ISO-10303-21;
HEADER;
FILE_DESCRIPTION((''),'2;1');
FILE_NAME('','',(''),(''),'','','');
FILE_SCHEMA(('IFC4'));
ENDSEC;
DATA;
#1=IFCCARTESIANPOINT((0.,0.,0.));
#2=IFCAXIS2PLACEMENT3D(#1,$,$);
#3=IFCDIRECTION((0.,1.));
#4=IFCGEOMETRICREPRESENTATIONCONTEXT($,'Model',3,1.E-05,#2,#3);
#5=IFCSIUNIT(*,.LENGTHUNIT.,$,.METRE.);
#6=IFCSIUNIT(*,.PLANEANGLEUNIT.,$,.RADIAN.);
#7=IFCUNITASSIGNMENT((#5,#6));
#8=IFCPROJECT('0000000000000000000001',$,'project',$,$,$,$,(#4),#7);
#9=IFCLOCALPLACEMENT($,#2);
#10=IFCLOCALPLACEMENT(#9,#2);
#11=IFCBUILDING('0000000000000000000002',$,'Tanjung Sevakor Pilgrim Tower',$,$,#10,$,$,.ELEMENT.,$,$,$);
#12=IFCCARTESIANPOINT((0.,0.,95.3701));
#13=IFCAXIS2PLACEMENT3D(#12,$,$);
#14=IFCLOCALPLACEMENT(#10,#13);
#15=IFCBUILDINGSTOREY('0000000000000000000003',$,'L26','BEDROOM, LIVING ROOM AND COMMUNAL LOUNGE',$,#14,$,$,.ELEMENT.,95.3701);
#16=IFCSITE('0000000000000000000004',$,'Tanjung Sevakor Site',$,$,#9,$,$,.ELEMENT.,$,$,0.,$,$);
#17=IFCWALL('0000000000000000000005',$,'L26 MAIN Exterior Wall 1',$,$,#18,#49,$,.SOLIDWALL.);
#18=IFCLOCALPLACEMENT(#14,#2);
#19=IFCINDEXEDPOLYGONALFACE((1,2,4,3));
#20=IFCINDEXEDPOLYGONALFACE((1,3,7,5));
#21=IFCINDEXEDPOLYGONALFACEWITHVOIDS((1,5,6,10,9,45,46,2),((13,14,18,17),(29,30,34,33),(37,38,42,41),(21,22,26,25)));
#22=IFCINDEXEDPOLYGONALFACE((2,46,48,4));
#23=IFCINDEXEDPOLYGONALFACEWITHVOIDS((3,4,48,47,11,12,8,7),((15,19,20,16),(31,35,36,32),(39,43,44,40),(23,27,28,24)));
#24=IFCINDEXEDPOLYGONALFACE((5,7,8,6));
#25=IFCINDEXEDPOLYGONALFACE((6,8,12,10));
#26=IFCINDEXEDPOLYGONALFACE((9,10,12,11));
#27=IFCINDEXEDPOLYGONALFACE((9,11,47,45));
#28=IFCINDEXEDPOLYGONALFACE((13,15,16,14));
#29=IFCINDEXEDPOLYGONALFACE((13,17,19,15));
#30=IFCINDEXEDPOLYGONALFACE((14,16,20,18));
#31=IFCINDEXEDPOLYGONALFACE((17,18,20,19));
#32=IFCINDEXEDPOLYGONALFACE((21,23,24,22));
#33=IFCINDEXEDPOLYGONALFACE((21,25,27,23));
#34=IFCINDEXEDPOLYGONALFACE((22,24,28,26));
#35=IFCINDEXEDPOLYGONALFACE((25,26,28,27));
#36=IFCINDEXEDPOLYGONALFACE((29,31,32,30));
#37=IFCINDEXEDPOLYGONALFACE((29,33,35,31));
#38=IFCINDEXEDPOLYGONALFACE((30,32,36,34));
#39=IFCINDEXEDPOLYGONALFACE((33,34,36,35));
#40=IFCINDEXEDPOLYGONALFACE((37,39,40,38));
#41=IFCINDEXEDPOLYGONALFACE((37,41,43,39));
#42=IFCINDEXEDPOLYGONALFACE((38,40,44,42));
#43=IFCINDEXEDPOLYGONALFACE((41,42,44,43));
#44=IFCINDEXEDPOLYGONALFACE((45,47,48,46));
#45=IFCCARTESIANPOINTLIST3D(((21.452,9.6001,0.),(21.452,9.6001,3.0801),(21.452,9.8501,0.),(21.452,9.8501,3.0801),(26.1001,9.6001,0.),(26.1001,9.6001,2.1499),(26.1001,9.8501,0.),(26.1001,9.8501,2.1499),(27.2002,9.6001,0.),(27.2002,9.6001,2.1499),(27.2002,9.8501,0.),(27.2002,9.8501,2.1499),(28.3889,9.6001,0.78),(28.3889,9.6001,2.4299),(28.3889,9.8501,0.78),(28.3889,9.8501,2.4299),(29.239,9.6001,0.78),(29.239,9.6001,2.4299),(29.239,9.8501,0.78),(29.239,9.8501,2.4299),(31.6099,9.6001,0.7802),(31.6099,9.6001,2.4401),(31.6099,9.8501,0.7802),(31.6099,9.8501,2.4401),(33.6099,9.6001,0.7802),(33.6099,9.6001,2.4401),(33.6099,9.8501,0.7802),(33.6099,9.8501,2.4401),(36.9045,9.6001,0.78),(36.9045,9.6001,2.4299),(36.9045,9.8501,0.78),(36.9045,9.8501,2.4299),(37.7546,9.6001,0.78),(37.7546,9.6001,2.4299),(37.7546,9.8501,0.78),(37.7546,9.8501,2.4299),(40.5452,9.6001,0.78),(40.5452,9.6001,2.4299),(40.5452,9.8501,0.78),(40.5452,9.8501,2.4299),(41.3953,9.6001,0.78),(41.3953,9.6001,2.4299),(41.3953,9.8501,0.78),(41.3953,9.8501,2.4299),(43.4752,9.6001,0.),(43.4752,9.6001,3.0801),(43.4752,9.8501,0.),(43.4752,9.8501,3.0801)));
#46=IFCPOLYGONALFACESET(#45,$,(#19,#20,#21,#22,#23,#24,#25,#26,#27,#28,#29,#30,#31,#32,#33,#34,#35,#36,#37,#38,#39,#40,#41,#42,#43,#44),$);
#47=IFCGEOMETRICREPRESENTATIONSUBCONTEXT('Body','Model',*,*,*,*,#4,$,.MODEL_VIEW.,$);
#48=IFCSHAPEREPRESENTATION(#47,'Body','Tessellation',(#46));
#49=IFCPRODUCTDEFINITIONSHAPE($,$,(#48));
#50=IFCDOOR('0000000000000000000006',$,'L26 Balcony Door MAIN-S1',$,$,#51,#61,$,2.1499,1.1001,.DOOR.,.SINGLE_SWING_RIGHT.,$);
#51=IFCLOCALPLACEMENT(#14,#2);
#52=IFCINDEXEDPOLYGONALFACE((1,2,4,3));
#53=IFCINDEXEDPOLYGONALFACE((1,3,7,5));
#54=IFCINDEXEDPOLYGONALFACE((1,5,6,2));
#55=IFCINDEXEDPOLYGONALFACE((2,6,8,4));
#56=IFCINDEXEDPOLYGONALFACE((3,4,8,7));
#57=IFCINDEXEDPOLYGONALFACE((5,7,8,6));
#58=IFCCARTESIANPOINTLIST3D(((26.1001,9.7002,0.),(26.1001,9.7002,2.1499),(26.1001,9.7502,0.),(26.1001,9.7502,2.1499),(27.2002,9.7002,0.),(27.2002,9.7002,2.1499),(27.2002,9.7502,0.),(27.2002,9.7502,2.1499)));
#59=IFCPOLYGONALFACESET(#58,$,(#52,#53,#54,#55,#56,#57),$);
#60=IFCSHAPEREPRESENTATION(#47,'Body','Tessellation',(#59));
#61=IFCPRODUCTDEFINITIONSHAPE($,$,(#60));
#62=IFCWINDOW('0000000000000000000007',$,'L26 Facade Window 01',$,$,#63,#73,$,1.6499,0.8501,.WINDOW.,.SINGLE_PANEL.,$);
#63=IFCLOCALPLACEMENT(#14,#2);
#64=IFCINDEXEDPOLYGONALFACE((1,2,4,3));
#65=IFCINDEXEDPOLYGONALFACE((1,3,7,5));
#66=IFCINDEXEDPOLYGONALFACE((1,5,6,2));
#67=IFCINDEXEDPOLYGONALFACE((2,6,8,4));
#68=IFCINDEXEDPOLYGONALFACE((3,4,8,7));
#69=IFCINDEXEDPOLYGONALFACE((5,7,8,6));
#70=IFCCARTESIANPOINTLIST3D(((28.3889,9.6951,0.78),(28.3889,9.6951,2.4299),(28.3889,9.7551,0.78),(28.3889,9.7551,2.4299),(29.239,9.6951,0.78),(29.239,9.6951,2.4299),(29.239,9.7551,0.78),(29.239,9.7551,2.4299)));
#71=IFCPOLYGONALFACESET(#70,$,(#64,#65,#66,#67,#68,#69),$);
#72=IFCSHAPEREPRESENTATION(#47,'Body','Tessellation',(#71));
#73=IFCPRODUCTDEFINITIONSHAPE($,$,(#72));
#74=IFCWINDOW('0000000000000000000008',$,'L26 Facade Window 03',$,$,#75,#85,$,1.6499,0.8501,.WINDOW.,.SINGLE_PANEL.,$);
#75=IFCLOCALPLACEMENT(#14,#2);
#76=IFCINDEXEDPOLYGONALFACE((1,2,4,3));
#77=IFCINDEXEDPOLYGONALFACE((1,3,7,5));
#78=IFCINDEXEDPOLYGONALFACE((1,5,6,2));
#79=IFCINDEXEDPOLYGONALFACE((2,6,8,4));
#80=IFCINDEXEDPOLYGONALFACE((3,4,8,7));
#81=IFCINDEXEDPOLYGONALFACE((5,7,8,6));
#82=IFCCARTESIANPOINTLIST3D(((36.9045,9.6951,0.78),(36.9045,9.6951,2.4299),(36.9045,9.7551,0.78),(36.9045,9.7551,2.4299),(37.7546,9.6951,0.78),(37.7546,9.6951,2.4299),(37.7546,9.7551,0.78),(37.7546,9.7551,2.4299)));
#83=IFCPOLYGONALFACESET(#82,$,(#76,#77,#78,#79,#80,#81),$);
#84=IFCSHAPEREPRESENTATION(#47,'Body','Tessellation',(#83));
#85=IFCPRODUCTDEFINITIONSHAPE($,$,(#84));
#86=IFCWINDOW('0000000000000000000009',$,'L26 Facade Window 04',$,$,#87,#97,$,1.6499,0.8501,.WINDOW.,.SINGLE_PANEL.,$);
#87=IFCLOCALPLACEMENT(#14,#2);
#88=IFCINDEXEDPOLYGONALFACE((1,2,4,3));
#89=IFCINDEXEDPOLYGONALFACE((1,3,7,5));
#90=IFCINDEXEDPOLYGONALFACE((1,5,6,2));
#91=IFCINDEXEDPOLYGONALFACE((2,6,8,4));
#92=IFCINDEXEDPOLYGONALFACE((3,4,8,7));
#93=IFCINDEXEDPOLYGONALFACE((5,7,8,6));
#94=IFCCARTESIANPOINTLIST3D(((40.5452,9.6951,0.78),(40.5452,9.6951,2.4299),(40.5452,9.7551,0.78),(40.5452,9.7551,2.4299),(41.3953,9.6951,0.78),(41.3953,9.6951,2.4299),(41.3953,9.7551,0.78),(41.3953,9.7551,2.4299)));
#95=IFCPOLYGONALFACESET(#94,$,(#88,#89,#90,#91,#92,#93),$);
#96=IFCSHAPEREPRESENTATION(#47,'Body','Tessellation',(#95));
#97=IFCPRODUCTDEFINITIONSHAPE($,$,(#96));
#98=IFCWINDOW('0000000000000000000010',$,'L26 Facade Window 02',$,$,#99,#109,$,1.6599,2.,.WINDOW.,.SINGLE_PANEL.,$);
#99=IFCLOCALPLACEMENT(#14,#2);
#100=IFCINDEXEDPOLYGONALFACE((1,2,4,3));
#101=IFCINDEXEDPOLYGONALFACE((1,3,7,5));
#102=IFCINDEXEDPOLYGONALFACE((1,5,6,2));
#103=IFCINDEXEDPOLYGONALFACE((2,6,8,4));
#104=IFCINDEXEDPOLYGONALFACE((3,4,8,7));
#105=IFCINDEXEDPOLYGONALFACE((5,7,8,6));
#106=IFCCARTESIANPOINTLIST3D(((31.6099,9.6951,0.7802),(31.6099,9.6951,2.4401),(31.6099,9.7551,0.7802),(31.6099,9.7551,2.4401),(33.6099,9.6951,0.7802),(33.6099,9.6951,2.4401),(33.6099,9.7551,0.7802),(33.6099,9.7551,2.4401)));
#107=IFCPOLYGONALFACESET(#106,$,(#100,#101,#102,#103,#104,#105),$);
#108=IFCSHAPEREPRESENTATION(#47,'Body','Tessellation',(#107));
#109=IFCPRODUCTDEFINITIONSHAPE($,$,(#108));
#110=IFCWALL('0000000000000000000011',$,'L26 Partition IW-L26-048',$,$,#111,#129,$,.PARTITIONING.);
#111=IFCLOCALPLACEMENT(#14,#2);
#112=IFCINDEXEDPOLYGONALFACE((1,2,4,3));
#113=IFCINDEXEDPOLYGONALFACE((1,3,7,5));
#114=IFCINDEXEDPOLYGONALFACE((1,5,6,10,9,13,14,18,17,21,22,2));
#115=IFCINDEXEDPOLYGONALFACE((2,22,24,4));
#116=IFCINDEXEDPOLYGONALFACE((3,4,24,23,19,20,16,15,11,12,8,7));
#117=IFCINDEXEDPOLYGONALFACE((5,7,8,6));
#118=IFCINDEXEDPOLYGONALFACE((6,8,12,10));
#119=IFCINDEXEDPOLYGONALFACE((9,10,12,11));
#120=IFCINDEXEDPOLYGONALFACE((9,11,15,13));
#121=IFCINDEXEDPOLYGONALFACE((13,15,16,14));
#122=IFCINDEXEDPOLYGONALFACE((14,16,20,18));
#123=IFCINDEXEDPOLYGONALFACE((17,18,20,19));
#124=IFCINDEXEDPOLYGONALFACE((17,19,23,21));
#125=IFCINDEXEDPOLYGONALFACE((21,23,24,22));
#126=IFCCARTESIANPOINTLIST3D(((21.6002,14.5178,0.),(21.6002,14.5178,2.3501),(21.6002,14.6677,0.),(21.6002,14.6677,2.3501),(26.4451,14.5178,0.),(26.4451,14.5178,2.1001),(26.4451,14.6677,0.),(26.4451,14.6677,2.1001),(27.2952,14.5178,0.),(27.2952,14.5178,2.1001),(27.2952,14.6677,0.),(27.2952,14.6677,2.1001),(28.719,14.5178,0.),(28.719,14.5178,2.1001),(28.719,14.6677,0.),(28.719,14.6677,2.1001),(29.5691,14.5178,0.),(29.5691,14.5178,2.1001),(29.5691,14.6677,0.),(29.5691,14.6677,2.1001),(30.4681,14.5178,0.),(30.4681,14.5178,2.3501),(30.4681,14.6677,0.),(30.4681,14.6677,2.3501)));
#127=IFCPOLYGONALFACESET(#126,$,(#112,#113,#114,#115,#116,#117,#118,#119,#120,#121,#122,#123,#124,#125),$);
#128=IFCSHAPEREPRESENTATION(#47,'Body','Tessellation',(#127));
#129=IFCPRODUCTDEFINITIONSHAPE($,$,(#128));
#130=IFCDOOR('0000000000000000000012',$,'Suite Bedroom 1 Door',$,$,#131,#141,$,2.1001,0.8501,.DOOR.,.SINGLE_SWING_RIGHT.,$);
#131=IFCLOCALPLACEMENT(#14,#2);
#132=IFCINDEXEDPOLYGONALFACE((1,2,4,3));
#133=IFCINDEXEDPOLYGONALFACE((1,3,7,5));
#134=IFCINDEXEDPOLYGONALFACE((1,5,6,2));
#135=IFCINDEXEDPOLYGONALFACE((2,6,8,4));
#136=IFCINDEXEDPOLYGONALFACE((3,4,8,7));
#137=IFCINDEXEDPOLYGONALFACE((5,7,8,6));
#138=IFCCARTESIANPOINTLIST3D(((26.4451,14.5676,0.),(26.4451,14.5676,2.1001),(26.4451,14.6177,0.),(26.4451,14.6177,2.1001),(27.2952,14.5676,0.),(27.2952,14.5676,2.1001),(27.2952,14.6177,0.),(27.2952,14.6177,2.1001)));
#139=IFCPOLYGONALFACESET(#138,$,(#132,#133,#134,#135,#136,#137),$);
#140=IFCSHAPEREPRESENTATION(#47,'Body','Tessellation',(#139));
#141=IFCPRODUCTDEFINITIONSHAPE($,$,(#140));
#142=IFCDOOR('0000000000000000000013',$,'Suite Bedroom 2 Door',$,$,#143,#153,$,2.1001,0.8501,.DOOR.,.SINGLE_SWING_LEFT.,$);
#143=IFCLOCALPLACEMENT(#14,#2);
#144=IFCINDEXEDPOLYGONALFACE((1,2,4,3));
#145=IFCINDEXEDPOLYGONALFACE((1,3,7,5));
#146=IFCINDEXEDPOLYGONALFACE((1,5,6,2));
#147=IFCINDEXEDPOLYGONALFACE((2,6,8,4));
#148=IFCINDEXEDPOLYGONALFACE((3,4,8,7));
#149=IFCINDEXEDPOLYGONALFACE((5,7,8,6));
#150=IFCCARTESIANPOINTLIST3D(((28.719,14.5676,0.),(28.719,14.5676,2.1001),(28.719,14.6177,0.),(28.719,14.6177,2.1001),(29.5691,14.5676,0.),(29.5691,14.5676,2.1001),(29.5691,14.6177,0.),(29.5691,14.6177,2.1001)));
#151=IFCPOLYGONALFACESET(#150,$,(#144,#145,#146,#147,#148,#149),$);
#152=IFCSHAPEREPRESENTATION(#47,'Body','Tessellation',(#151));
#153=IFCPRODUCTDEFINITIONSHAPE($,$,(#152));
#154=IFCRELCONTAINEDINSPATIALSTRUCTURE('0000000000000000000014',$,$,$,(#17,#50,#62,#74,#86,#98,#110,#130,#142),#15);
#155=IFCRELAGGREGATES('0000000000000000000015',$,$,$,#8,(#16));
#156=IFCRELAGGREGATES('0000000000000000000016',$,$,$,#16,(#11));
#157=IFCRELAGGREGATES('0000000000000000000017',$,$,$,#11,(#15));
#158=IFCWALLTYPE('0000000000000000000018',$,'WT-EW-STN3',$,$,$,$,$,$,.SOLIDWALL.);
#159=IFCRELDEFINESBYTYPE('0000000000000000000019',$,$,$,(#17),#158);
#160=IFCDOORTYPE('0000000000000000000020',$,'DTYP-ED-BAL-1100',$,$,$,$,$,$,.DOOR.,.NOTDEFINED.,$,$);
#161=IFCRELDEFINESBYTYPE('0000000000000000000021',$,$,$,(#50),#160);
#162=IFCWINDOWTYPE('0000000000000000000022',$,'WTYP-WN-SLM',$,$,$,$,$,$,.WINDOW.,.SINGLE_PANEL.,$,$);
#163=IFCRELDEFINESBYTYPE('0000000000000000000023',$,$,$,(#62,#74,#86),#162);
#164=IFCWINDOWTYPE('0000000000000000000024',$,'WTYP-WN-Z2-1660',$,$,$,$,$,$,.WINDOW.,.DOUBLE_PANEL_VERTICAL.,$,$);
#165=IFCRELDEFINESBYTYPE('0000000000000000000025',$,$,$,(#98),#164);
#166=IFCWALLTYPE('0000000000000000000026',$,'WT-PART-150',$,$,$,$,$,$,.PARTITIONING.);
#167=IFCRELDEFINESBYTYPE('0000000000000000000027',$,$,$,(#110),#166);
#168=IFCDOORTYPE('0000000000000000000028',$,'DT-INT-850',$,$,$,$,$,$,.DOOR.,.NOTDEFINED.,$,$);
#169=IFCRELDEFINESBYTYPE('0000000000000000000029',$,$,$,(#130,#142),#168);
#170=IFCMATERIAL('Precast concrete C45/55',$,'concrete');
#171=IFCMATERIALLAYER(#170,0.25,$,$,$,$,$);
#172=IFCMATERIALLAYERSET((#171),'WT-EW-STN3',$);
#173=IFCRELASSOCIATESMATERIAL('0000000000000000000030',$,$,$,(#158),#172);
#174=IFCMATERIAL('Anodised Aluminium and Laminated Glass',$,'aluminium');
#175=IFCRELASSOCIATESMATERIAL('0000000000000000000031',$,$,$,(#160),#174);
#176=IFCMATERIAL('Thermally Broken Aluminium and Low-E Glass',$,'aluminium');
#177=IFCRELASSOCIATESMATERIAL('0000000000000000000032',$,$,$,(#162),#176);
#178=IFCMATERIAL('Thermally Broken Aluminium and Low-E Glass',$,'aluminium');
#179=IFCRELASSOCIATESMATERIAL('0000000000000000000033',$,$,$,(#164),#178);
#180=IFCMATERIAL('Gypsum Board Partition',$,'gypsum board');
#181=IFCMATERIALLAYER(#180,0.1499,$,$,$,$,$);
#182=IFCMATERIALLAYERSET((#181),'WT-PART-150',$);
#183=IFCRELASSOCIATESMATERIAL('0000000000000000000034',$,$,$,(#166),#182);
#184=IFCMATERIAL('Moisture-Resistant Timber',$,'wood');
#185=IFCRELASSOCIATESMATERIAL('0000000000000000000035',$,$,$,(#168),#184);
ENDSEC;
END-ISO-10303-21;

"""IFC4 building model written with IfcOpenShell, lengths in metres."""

from ifc_helpers import new_model, si_unit, direction, frame, frame_2d, origin, place, context, subcontext, project, spatial, rectangle, extrude, material, layer, layer_set, type_object, element, fill, save


model = new_model("IFC4")

# Units and contexts
model_context = context("Model", 3, precision=1e-05, world=origin(), true_north=direction((0.0, 1.0)))
body_context = subcontext(model_context, "Body", "Model", "MODEL_VIEW")
ifc_project = project(units=[si_unit("LENGTHUNIT", "METRE"), si_unit("PLANEANGLEUNIT", "RADIAN")], contexts=[model_context])

# Site, building, storey
site_placement = place(None, origin())
site = spatial("IfcSite", under=ifc_project, at=site_placement, Name="Tanjung Sevakor Site", CompositionType="ELEMENT", RefElevation=0.0)
building_placement = place(site_placement, origin())
building = spatial("IfcBuilding", under=site, at=building_placement, Name="Tanjung Sevakor Pilgrim Tower", CompositionType="ELEMENT")
storey_placement = place(building_placement, frame((0.0, 0.0, 95.3701)))
storey = spatial("IfcBuildingStorey", under=building, at=storey_placement, Name="L26", Description="BEDROOM, LIVING ROOM AND COMMUNAL LOUNGE", CompositionType="ELEMENT", Elevation=95.3701)

# Wall, openings, door, windows
ifc_material_1 = material(Name="Precast concrete C45/55", Category="concrete")
ifc_layer_1 = layer(ifc_material_1, 0.25)
ifc_layer_set_1 = layer_set([ifc_layer_1], Name="WT-EW-STN3")
wall_type_1 = type_object("IfcWallType", Name="WT-EW-STN3", PredefinedType="SOLIDWALL", material=ifc_layer_set_1)
wall_1_placement = place(storey_placement, frame((21.4519, 9.7251, 0.0), z_axis=(0.0, 0.0, 1.0), x_axis=(1.0, 0.0, 0.0)))
wall_1 = element("IfcWall", 1, at=wall_1_placement, inside=storey, type_object=wall_type_1, Name="L26 MAIN Exterior Wall 1", PredefinedType="SOLIDWALL", context=body_context, shape_type="SweptSolid", body=[
    extrude(rectangle(XDim=22.0232, YDim=0.25, at=frame_2d((11.0117, 0.0))), origin(), (0.0, 0.0, 1.0), 3.0801),
])
opening_1_placement = place(wall_1_placement, frame((4.6482, 0.0, 0.0)))
opening_1 = element("IfcOpeningElement", 2, at=opening_1_placement, cuts=wall_1, PredefinedType="OPENING", context=body_context, shape_type="SweptSolid", body=[
    extrude(rectangle(XDim=1.1001, YDim=2.1499, at=frame_2d((0.55, 1.075))), frame((0.0, 0.135, 0.0), z_axis=(0.0, -1.0, 0.0), x_axis=(1.0, 0.0, 0.0)), (0.0, 0.0, 1.0), 0.27),
])
opening_2_placement = place(wall_1_placement, frame((6.937, 0.0, 0.78)))
opening_2 = element("IfcOpeningElement", 3, at=opening_2_placement, cuts=wall_1, PredefinedType="OPENING", context=body_context, shape_type="SweptSolid", body=[
    extrude(rectangle(XDim=0.8501, YDim=1.6499, at=frame_2d((0.425, 0.825))), frame((0.0, 0.135, 0.0), z_axis=(0.0, -1.0, 0.0), x_axis=(1.0, 0.0, 0.0)), (0.0, 0.0, 1.0), 0.27),
])
opening_3_placement = place(wall_1_placement, frame((10.158, 0.0, 0.78)))
opening_3 = element("IfcOpeningElement", 4, at=opening_3_placement, cuts=wall_1, PredefinedType="OPENING", context=body_context, shape_type="SweptSolid", body=[
    extrude(rectangle(XDim=2.0, YDim=1.6599, at=frame_2d((1.0, 0.8301))), frame((0.0, 0.135, 0.0), z_axis=(0.0, -1.0, 0.0), x_axis=(1.0, 0.0, 0.0)), (0.0, 0.0, 1.0), 0.27),
])
opening_4_placement = place(wall_1_placement, frame((15.4526, 0.0, 0.78)))
opening_4 = element("IfcOpeningElement", 5, at=opening_4_placement, cuts=wall_1, PredefinedType="OPENING", context=body_context, shape_type="SweptSolid", body=[
    extrude(rectangle(XDim=0.8501, YDim=1.6499, at=frame_2d((0.425, 0.825))), frame((0.0, 0.135, 0.0), z_axis=(0.0, -1.0, 0.0), x_axis=(1.0, 0.0, 0.0)), (0.0, 0.0, 1.0), 0.27),
])
opening_5_placement = place(wall_1_placement, frame((19.0933, 0.0, 0.78)))
opening_5 = element("IfcOpeningElement", 6, at=opening_5_placement, cuts=wall_1, PredefinedType="OPENING", context=body_context, shape_type="SweptSolid", body=[
    extrude(rectangle(XDim=0.8501, YDim=1.6499, at=frame_2d((0.425, 0.825))), frame((0.0, 0.135, 0.0), z_axis=(0.0, -1.0, 0.0), x_axis=(1.0, 0.0, 0.0)), (0.0, 0.0, 1.0), 0.27),
])
ifc_material_2 = material(Name="Anodised Aluminium and Laminated Glass", Category="aluminium")
door_type_1 = type_object("IfcDoorType", Name="DTYP-ED-BAL-1100", OperationType="NOTDEFINED", PredefinedType="DOOR", material=ifc_material_2)
door_1_placement = place(opening_1_placement, frame((1.1001, 0.0, 0.0), z_axis=(0.0, 0.0, 1.0), x_axis=(-1.0, 0.0, 0.0)))
door_1 = element("IfcDoor", 7, at=door_1_placement, inside=storey, type_object=door_type_1, Name="L26 Balcony Door MAIN-S1", OperationType="SINGLE_SWING_RIGHT", OverallHeight=2.1499, OverallWidth=1.1001, PredefinedType="DOOR", context=body_context, shape_type="SweptSolid", body=[
    extrude(rectangle(XDim=1.1001, YDim=2.1499, at=frame_2d((0.55, 1.075))), frame((0.0, 0.0249, 0.0), z_axis=(0.0, -1.0, 0.0), x_axis=(1.0, 0.0, 0.0)), (0.0, 0.0, 1.0), 0.05),
])
fill(opening_1, door_1)
ifc_material_3 = material(Name="Thermally Broken Aluminium and Low-E Glass", Category="aluminium")
window_type_1 = type_object("IfcWindowType", Name="WTYP-WN-SLM", PartitioningType="SINGLE_PANEL", PredefinedType="WINDOW", material=ifc_material_3)
window_1_placement = place(opening_2_placement, origin())
window_1 = element("IfcWindow", 8, at=window_1_placement, inside=storey, type_object=window_type_1, Name="L26 Facade Window 01", OverallHeight=1.6499, OverallWidth=0.8501, PartitioningType="SINGLE_PANEL", PredefinedType="WINDOW", context=body_context, shape_type="SweptSolid", body=[
    extrude(rectangle(XDim=0.8501, YDim=1.6499, at=frame_2d((0.425, 0.825))), frame((0.0, 0.03, 0.0), z_axis=(0.0, -1.0, 0.0), x_axis=(1.0, 0.0, 0.0)), (0.0, 0.0, 1.0), 0.0601),
])
fill(opening_2, window_1)
window_2_placement = place(opening_4_placement, origin())
window_2 = element("IfcWindow", 9, at=window_2_placement, inside=storey, type_object=window_type_1, Name="L26 Facade Window 03", OverallHeight=1.6499, OverallWidth=0.8501, PartitioningType="SINGLE_PANEL", PredefinedType="WINDOW", context=body_context, shape_type="SweptSolid", body=[
    extrude(rectangle(XDim=0.8501, YDim=1.6499, at=frame_2d((0.425, 0.825))), frame((0.0, 0.03, 0.0), z_axis=(0.0, -1.0, 0.0), x_axis=(1.0, 0.0, 0.0)), (0.0, 0.0, 1.0), 0.0601),
])
fill(opening_4, window_2)
window_3_placement = place(opening_5_placement, origin())
window_3 = element("IfcWindow", 10, at=window_3_placement, inside=storey, type_object=window_type_1, Name="L26 Facade Window 04", OverallHeight=1.6499, OverallWidth=0.8501, PartitioningType="SINGLE_PANEL", PredefinedType="WINDOW", context=body_context, shape_type="SweptSolid", body=[
    extrude(rectangle(XDim=0.8501, YDim=1.6499, at=frame_2d((0.425, 0.825))), frame((0.0, 0.03, 0.0), z_axis=(0.0, -1.0, 0.0), x_axis=(1.0, 0.0, 0.0)), (0.0, 0.0, 1.0), 0.0601),
])
fill(opening_5, window_3)
ifc_material_4 = material(Name="Thermally Broken Aluminium and Low-E Glass", Category="aluminium")
window_type_2 = type_object("IfcWindowType", Name="WTYP-WN-Z2-1660", PartitioningType="DOUBLE_PANEL_VERTICAL", PredefinedType="WINDOW", material=ifc_material_4)
window_4_placement = place(opening_3_placement, origin())
window_4 = element("IfcWindow", 11, at=window_4_placement, inside=storey, type_object=window_type_2, Name="L26 Facade Window 02", OverallHeight=1.6599, OverallWidth=2.0, PartitioningType="SINGLE_PANEL", PredefinedType="WINDOW", context=body_context, shape_type="SweptSolid", body=[
    extrude(rectangle(XDim=2.0, YDim=1.6599, at=frame_2d((1.0, 0.8301))), frame((0.0, 0.03, 0.0), z_axis=(0.0, -1.0, 0.0), x_axis=(1.0, 0.0, 0.0)), (0.0, 0.0, 1.0), 0.0601),
])
fill(opening_3, window_4)

# Wall, openings, doors
ifc_material_5 = material(Name="Gypsum Board Partition", Category="gypsum board")
ifc_layer_2 = layer(ifc_material_5, 0.1499)
ifc_layer_set_2 = layer_set([ifc_layer_2], Name="WT-PART-150")
wall_type_2 = type_object("IfcWallType", Name="WT-PART-150", PredefinedType="PARTITIONING", material=ifc_layer_set_2)
wall_2_placement = place(storey_placement, frame((21.6001, 14.5928, 0.0), z_axis=(0.0, 0.0, 1.0), x_axis=(1.0, 0.0, 0.0)))
wall_2 = element("IfcWall", 12, at=wall_2_placement, inside=storey, type_object=wall_type_2, Name="L26 Partition IW-L26-048", PredefinedType="PARTITIONING", context=body_context, shape_type="SweptSolid", body=[
    extrude(rectangle(XDim=8.8679, YDim=0.1499, at=frame_2d((4.4341, 0.0))), origin(), (0.0, 0.0, 1.0), 2.3501),
])
opening_6_placement = place(wall_2_placement, frame((4.845, 0.0, 0.0)))
opening_6 = element("IfcOpeningElement", 13, at=opening_6_placement, cuts=wall_2, PredefinedType="OPENING", context=body_context, shape_type="SweptSolid", body=[
    extrude(rectangle(XDim=0.8501, YDim=2.1001, at=frame_2d((0.425, 1.05))), frame((0.0, 0.085, 0.0), z_axis=(0.0, -1.0, 0.0), x_axis=(1.0, 0.0, 0.0)), (0.0, 0.0, 1.0), 0.1699),
])
opening_7_placement = place(wall_2_placement, frame((7.1189, 0.0, 0.0)))
opening_7 = element("IfcOpeningElement", 14, at=opening_7_placement, cuts=wall_2, PredefinedType="OPENING", context=body_context, shape_type="SweptSolid", body=[
    extrude(rectangle(XDim=0.8501, YDim=2.1001, at=frame_2d((0.425, 1.05))), frame((0.0, 0.085, 0.0), z_axis=(0.0, -1.0, 0.0), x_axis=(1.0, 0.0, 0.0)), (0.0, 0.0, 1.0), 0.1699),
])
ifc_material_6 = material(Name="Moisture-Resistant Timber", Category="wood")
door_type_2 = type_object("IfcDoorType", Name="DT-INT-850", OperationType="NOTDEFINED", PredefinedType="DOOR", material=ifc_material_6)
door_2_placement = place(opening_6_placement, origin())
door_2 = element("IfcDoor", 15, at=door_2_placement, inside=storey, type_object=door_type_2, Name="Suite Bedroom 1 Door", OperationType="SINGLE_SWING_RIGHT", OverallHeight=2.1001, OverallWidth=0.8501, PredefinedType="DOOR", context=body_context, shape_type="SweptSolid", body=[
    extrude(rectangle(XDim=0.8501, YDim=2.1001, at=frame_2d((0.425, 1.05))), frame((0.0, 0.0249, 0.0), z_axis=(0.0, -1.0, 0.0), x_axis=(1.0, 0.0, 0.0)), (0.0, 0.0, 1.0), 0.05),
])
fill(opening_6, door_2)
door_3_placement = place(opening_7_placement, origin())
door_3 = element("IfcDoor", 16, at=door_3_placement, inside=storey, type_object=door_type_2, Name="Suite Bedroom 2 Door", OperationType="SINGLE_SWING_LEFT", OverallHeight=2.1001, OverallWidth=0.8501, PredefinedType="DOOR", context=body_context, shape_type="SweptSolid", body=[
    extrude(rectangle(XDim=0.8501, YDim=2.1001, at=frame_2d((0.425, 1.05))), frame((0.0, 0.0249, 0.0), z_axis=(0.0, -1.0, 0.0), x_axis=(1.0, 0.0, 0.0)), (0.0, 0.0, 1.0), 0.05),
])
fill(opening_7, door_3)

save(model, "model.ifc")
